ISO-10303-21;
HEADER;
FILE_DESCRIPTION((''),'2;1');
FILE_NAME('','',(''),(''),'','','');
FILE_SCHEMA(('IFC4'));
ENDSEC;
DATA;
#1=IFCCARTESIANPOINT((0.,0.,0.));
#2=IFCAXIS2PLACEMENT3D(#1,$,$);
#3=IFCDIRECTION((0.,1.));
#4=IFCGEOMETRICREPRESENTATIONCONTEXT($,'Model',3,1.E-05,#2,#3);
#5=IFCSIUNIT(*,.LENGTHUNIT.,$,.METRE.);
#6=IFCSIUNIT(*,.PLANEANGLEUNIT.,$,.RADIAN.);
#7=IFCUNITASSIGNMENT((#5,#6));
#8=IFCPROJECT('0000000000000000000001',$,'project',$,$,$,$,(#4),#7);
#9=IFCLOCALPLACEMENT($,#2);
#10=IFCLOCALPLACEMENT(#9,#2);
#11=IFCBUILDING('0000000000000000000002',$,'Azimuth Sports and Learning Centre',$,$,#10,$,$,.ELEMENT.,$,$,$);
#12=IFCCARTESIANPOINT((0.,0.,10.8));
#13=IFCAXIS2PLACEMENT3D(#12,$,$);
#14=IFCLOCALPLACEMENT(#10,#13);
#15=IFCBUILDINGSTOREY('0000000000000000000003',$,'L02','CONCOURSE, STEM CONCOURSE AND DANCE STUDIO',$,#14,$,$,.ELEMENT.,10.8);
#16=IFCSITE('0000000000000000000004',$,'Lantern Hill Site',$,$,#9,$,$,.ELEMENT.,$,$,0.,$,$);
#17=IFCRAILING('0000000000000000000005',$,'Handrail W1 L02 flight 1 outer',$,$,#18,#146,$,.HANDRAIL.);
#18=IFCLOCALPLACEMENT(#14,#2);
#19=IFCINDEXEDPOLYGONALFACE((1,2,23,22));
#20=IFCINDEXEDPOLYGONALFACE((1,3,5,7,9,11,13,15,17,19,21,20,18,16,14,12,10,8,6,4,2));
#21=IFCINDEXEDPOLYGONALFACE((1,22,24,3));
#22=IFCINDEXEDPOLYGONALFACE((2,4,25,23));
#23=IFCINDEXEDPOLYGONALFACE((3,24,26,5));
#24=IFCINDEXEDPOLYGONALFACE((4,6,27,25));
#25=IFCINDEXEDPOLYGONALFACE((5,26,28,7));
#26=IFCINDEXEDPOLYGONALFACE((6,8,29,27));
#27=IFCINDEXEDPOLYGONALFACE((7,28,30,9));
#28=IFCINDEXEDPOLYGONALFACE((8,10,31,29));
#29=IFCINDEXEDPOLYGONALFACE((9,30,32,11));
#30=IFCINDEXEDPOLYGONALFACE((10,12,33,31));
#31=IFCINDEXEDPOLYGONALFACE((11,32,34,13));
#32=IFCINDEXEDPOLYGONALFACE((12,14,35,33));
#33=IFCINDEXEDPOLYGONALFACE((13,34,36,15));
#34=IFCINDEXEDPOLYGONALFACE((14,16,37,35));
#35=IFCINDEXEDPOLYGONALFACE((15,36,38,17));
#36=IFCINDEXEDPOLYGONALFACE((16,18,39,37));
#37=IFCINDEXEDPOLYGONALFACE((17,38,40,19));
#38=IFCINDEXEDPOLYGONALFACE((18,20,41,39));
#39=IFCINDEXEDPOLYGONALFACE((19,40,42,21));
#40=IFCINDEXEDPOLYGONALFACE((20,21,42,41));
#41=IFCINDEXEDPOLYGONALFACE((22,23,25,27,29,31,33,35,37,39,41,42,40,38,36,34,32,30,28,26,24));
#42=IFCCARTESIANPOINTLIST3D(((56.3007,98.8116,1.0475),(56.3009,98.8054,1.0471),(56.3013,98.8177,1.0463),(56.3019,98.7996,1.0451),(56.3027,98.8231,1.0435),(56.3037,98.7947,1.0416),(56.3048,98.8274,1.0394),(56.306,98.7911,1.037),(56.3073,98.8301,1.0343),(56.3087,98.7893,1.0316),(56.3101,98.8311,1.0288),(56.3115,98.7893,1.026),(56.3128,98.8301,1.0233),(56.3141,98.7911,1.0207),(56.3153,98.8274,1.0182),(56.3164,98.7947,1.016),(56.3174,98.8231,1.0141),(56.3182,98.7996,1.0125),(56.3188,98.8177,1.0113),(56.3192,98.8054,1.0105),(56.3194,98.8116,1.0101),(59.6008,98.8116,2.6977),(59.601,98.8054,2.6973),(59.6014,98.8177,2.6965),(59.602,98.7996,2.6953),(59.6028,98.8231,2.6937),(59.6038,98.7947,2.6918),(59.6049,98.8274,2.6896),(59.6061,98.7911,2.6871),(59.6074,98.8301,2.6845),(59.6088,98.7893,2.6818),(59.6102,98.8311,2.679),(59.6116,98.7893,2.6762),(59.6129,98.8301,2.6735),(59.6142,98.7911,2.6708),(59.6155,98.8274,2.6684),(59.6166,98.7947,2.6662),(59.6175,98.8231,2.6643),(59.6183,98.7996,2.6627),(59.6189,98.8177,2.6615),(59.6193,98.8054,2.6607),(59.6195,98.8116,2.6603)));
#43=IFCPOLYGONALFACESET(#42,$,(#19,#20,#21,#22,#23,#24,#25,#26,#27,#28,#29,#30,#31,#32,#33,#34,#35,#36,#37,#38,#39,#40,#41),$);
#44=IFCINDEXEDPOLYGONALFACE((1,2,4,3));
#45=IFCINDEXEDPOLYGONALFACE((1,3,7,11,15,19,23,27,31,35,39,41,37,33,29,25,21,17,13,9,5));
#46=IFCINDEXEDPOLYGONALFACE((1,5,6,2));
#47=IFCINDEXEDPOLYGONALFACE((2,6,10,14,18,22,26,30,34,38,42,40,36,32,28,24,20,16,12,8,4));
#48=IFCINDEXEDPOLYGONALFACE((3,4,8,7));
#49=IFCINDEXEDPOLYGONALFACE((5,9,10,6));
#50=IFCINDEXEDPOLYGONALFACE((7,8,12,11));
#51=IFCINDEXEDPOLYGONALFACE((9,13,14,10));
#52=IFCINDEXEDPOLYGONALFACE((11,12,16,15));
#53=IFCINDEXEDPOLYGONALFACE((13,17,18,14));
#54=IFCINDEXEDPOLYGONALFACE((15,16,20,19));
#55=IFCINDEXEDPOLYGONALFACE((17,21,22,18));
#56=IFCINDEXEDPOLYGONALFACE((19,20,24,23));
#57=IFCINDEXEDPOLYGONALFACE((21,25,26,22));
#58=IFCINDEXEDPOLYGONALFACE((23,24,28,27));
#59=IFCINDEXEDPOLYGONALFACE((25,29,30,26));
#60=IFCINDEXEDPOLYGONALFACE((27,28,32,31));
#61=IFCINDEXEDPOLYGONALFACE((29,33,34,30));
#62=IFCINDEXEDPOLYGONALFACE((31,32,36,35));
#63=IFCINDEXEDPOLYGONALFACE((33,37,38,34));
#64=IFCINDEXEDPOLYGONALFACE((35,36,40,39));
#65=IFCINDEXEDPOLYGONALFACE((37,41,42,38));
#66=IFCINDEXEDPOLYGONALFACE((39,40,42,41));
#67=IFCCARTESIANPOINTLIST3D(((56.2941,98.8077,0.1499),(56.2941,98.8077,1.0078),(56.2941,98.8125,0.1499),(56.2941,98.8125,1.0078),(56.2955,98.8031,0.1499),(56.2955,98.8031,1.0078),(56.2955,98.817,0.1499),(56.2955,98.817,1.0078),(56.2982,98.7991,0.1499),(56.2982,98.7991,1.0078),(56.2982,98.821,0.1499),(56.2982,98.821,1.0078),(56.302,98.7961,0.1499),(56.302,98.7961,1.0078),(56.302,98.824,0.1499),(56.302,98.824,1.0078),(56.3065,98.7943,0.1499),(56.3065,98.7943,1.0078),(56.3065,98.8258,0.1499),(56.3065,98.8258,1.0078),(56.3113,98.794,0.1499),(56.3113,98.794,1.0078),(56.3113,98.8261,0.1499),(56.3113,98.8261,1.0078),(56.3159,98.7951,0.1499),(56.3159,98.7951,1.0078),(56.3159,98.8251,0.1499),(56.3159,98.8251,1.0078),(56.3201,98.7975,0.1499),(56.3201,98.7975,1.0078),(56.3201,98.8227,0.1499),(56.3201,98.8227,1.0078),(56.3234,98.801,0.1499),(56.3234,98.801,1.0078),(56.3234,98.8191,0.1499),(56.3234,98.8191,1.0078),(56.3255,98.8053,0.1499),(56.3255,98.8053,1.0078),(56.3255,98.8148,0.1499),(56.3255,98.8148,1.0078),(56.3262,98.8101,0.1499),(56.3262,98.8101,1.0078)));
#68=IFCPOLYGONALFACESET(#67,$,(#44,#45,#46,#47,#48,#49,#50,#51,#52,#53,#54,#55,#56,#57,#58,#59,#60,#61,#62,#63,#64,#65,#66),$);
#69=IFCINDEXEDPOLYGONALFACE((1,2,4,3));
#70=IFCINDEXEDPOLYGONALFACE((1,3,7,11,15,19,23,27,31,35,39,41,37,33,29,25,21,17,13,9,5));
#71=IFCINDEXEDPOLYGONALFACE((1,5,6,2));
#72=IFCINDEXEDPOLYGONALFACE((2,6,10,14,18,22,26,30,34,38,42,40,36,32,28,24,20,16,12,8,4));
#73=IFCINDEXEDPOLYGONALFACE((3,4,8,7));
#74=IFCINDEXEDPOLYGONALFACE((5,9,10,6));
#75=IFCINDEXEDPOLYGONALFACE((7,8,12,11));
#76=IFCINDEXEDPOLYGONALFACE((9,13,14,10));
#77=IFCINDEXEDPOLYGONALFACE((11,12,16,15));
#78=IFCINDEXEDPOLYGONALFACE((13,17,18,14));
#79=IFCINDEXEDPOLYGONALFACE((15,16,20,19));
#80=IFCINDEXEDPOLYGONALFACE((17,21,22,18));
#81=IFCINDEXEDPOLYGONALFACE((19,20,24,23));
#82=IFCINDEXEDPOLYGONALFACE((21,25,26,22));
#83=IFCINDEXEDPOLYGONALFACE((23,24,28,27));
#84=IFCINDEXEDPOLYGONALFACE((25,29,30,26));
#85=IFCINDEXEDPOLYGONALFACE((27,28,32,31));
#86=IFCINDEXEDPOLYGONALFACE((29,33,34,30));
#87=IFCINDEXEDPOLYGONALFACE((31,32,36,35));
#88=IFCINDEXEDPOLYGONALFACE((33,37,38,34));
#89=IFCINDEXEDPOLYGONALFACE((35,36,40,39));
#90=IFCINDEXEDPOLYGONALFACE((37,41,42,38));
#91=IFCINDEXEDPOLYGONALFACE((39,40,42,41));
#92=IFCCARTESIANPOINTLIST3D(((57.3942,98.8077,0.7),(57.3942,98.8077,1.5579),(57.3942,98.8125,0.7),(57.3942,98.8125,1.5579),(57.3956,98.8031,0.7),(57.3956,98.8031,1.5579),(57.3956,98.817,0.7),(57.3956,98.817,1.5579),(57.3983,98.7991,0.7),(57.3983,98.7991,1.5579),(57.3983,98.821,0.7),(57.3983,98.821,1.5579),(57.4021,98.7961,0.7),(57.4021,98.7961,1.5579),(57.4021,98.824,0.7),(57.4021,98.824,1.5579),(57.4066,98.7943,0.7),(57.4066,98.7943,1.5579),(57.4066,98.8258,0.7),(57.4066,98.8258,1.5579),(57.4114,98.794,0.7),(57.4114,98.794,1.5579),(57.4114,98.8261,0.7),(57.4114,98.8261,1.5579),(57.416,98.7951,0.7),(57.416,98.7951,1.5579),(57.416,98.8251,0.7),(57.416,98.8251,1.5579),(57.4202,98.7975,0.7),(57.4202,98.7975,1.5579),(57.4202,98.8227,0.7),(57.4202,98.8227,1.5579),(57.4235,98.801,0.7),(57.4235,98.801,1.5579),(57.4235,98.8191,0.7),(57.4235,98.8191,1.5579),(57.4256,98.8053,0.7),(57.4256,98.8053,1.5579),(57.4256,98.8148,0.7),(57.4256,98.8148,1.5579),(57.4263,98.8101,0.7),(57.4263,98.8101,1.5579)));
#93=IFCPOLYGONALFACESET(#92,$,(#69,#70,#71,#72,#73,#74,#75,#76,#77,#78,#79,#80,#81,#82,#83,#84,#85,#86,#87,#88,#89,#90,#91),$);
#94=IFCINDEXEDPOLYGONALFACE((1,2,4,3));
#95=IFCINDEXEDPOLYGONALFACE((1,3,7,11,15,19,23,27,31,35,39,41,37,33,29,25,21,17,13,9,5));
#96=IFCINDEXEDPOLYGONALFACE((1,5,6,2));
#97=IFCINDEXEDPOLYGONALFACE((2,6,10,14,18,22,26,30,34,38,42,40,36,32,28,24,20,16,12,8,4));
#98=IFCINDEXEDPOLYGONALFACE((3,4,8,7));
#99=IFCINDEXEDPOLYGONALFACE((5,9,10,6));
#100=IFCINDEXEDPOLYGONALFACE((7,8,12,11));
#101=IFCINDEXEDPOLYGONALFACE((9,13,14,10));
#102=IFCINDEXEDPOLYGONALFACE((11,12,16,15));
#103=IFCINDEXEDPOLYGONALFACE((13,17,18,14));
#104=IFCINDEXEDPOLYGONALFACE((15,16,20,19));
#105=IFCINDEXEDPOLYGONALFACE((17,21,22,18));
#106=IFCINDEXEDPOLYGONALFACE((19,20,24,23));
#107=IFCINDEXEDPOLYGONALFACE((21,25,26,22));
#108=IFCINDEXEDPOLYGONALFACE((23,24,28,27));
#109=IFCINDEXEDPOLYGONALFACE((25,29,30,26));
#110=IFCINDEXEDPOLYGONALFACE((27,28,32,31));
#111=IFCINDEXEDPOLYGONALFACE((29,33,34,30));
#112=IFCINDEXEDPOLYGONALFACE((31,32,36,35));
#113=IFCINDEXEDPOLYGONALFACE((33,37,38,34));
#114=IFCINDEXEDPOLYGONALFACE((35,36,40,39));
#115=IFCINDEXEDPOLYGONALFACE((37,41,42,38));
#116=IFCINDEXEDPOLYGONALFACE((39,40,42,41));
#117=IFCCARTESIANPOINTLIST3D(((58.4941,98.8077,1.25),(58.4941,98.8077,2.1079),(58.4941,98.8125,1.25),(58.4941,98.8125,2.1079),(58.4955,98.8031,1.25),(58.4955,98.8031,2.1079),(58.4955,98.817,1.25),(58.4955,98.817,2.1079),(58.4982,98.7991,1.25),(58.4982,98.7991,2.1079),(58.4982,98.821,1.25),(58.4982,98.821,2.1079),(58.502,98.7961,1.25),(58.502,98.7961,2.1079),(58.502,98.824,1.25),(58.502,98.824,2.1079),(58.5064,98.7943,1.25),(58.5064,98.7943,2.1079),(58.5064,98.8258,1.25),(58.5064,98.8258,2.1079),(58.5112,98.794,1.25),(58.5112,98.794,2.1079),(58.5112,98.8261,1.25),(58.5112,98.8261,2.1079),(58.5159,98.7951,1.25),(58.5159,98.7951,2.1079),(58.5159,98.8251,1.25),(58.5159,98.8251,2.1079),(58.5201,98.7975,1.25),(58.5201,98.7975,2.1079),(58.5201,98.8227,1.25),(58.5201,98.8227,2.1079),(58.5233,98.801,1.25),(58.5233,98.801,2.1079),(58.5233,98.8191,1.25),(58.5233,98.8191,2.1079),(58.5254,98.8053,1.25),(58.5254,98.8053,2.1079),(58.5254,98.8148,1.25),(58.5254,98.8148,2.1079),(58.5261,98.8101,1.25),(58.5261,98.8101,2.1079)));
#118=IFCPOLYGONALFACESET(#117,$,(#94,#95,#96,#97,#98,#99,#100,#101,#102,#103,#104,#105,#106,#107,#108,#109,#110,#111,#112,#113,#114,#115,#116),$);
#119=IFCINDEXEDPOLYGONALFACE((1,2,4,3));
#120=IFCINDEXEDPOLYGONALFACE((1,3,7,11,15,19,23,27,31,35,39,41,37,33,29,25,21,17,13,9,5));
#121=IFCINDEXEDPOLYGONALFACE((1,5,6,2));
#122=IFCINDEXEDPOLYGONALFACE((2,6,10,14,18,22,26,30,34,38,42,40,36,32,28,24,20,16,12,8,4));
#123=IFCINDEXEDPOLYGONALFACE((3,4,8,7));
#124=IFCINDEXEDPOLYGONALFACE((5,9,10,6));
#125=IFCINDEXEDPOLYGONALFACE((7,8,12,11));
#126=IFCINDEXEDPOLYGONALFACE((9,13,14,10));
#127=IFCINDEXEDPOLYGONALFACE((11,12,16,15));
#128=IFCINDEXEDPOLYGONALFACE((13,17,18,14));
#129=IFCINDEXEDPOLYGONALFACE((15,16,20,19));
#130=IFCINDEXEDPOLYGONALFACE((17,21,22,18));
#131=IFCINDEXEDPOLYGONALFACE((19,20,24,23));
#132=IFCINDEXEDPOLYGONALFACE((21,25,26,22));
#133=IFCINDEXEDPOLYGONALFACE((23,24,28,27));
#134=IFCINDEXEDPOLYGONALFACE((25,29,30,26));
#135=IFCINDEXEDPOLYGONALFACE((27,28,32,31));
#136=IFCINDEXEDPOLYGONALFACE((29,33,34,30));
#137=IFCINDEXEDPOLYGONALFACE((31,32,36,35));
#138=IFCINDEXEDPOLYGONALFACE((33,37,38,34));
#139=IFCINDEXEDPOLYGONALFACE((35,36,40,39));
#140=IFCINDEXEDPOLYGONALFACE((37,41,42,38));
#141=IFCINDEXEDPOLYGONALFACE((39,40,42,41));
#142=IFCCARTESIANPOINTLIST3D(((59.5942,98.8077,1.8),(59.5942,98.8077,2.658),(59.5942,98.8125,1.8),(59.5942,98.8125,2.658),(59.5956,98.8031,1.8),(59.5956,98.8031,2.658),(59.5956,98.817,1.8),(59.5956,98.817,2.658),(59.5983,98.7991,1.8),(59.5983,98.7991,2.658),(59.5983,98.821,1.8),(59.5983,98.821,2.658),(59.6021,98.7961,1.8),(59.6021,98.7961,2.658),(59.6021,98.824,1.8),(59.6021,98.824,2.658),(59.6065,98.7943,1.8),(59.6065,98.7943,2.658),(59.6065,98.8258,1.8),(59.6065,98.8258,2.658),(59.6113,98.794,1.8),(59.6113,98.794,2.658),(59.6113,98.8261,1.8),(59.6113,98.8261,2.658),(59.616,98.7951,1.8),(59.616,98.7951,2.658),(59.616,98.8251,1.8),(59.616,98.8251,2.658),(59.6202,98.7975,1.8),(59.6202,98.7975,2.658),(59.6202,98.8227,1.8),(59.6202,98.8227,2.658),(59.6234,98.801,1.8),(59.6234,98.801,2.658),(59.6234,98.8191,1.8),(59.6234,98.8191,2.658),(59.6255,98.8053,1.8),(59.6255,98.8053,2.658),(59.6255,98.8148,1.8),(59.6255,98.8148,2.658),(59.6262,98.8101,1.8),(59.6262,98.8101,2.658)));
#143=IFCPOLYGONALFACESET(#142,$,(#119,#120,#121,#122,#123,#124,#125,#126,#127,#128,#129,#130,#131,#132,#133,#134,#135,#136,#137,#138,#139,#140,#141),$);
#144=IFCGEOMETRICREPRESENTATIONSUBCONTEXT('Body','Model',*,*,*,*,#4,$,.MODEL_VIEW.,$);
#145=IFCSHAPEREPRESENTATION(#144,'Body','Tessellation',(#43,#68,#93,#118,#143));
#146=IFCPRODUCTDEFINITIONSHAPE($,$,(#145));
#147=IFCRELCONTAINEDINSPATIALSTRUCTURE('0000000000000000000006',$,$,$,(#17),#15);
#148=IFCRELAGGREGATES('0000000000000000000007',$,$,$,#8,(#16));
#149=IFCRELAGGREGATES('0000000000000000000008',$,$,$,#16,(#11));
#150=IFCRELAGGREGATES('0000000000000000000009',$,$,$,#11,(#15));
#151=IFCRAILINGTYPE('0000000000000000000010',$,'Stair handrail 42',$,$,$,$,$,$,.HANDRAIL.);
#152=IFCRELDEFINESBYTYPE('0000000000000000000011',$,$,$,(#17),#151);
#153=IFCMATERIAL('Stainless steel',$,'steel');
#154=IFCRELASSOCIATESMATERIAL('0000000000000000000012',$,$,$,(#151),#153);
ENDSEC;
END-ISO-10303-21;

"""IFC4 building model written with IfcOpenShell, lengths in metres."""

from ifc_helpers import new_model, si_unit, direction, frame, origin, origin_2d, place, context, subcontext, project, spatial, circle, extrude, material, type_object, element, save


model = new_model("IFC4")

# Units and contexts
model_context = context("Model", 3, precision=1e-05, world=origin(), true_north=direction((0.0, 1.0)))
body_context = subcontext(model_context, "Body", "Model", "MODEL_VIEW")
ifc_project = project(units=[si_unit("LENGTHUNIT", "METRE"), si_unit("PLANEANGLEUNIT", "RADIAN")], contexts=[model_context])

# Site, building, storey
site_placement = place(None, origin())
site = spatial("IfcSite", under=ifc_project, at=site_placement, Name="Lantern Hill Site", CompositionType="ELEMENT", RefElevation=0.0)
building_placement = place(site_placement, origin())
building = spatial("IfcBuilding", under=site, at=building_placement, Name="Azimuth Sports and Learning Centre", CompositionType="ELEMENT")
storey_placement = place(building_placement, frame((0.0, 0.0, 10.8)))
storey = spatial("IfcBuildingStorey", under=building, at=storey_placement, Name="L02", Description="CONCOURSE, STEM CONCOURSE AND DANCE STUDIO", CompositionType="ELEMENT", Elevation=10.8)

# Railing
ifc_material_1 = material(Name="Stainless steel", Category="steel")
railing_type_1 = type_object("IfcRailingType", Name="Stair handrail 42", PredefinedType="HANDRAIL", material=ifc_material_1)
for number, where, name in (
    (1, (56.3101, 98.8101, 0.1499), "Handrail W1 L02 flight 1 outer"),
):
    element("IfcRailing", number, at=place(storey_placement, frame(where)), inside=storey, type_object=railing_type_1, Name=name, PredefinedType="HANDRAIL", context=body_context, shape_type="SweptSolid", body=[
        extrude(circle(Radius=0.021, at=origin_2d()), frame((0.0, 0.0, 0.8789), z_axis=(0.894414, 0.0, 0.44724), x_axis=(0.0, 1.0, 0.0)), (0.0, 0.0, 1.0), 3.6897),
        extrude(circle(Radius=0.0161, at=origin_2d()), origin(), (0.0, 0.0, 1.0), 0.8579),
        extrude(circle(Radius=0.0161, at=origin_2d()), frame((1.1001, 0.0, 0.55)), (0.0, 0.0, 1.0), 0.8579),
        extrude(circle(Radius=0.0161, at=origin_2d()), frame((2.2, 0.0, 1.1001)), (0.0, 0.0, 1.0), 0.8579),
        extrude(circle(Radius=0.0161, at=origin_2d()), frame((3.3, 0.0, 1.6501)), (0.0, 0.0, 1.0), 0.8579),
    ])

save(model, "model.ifc")
